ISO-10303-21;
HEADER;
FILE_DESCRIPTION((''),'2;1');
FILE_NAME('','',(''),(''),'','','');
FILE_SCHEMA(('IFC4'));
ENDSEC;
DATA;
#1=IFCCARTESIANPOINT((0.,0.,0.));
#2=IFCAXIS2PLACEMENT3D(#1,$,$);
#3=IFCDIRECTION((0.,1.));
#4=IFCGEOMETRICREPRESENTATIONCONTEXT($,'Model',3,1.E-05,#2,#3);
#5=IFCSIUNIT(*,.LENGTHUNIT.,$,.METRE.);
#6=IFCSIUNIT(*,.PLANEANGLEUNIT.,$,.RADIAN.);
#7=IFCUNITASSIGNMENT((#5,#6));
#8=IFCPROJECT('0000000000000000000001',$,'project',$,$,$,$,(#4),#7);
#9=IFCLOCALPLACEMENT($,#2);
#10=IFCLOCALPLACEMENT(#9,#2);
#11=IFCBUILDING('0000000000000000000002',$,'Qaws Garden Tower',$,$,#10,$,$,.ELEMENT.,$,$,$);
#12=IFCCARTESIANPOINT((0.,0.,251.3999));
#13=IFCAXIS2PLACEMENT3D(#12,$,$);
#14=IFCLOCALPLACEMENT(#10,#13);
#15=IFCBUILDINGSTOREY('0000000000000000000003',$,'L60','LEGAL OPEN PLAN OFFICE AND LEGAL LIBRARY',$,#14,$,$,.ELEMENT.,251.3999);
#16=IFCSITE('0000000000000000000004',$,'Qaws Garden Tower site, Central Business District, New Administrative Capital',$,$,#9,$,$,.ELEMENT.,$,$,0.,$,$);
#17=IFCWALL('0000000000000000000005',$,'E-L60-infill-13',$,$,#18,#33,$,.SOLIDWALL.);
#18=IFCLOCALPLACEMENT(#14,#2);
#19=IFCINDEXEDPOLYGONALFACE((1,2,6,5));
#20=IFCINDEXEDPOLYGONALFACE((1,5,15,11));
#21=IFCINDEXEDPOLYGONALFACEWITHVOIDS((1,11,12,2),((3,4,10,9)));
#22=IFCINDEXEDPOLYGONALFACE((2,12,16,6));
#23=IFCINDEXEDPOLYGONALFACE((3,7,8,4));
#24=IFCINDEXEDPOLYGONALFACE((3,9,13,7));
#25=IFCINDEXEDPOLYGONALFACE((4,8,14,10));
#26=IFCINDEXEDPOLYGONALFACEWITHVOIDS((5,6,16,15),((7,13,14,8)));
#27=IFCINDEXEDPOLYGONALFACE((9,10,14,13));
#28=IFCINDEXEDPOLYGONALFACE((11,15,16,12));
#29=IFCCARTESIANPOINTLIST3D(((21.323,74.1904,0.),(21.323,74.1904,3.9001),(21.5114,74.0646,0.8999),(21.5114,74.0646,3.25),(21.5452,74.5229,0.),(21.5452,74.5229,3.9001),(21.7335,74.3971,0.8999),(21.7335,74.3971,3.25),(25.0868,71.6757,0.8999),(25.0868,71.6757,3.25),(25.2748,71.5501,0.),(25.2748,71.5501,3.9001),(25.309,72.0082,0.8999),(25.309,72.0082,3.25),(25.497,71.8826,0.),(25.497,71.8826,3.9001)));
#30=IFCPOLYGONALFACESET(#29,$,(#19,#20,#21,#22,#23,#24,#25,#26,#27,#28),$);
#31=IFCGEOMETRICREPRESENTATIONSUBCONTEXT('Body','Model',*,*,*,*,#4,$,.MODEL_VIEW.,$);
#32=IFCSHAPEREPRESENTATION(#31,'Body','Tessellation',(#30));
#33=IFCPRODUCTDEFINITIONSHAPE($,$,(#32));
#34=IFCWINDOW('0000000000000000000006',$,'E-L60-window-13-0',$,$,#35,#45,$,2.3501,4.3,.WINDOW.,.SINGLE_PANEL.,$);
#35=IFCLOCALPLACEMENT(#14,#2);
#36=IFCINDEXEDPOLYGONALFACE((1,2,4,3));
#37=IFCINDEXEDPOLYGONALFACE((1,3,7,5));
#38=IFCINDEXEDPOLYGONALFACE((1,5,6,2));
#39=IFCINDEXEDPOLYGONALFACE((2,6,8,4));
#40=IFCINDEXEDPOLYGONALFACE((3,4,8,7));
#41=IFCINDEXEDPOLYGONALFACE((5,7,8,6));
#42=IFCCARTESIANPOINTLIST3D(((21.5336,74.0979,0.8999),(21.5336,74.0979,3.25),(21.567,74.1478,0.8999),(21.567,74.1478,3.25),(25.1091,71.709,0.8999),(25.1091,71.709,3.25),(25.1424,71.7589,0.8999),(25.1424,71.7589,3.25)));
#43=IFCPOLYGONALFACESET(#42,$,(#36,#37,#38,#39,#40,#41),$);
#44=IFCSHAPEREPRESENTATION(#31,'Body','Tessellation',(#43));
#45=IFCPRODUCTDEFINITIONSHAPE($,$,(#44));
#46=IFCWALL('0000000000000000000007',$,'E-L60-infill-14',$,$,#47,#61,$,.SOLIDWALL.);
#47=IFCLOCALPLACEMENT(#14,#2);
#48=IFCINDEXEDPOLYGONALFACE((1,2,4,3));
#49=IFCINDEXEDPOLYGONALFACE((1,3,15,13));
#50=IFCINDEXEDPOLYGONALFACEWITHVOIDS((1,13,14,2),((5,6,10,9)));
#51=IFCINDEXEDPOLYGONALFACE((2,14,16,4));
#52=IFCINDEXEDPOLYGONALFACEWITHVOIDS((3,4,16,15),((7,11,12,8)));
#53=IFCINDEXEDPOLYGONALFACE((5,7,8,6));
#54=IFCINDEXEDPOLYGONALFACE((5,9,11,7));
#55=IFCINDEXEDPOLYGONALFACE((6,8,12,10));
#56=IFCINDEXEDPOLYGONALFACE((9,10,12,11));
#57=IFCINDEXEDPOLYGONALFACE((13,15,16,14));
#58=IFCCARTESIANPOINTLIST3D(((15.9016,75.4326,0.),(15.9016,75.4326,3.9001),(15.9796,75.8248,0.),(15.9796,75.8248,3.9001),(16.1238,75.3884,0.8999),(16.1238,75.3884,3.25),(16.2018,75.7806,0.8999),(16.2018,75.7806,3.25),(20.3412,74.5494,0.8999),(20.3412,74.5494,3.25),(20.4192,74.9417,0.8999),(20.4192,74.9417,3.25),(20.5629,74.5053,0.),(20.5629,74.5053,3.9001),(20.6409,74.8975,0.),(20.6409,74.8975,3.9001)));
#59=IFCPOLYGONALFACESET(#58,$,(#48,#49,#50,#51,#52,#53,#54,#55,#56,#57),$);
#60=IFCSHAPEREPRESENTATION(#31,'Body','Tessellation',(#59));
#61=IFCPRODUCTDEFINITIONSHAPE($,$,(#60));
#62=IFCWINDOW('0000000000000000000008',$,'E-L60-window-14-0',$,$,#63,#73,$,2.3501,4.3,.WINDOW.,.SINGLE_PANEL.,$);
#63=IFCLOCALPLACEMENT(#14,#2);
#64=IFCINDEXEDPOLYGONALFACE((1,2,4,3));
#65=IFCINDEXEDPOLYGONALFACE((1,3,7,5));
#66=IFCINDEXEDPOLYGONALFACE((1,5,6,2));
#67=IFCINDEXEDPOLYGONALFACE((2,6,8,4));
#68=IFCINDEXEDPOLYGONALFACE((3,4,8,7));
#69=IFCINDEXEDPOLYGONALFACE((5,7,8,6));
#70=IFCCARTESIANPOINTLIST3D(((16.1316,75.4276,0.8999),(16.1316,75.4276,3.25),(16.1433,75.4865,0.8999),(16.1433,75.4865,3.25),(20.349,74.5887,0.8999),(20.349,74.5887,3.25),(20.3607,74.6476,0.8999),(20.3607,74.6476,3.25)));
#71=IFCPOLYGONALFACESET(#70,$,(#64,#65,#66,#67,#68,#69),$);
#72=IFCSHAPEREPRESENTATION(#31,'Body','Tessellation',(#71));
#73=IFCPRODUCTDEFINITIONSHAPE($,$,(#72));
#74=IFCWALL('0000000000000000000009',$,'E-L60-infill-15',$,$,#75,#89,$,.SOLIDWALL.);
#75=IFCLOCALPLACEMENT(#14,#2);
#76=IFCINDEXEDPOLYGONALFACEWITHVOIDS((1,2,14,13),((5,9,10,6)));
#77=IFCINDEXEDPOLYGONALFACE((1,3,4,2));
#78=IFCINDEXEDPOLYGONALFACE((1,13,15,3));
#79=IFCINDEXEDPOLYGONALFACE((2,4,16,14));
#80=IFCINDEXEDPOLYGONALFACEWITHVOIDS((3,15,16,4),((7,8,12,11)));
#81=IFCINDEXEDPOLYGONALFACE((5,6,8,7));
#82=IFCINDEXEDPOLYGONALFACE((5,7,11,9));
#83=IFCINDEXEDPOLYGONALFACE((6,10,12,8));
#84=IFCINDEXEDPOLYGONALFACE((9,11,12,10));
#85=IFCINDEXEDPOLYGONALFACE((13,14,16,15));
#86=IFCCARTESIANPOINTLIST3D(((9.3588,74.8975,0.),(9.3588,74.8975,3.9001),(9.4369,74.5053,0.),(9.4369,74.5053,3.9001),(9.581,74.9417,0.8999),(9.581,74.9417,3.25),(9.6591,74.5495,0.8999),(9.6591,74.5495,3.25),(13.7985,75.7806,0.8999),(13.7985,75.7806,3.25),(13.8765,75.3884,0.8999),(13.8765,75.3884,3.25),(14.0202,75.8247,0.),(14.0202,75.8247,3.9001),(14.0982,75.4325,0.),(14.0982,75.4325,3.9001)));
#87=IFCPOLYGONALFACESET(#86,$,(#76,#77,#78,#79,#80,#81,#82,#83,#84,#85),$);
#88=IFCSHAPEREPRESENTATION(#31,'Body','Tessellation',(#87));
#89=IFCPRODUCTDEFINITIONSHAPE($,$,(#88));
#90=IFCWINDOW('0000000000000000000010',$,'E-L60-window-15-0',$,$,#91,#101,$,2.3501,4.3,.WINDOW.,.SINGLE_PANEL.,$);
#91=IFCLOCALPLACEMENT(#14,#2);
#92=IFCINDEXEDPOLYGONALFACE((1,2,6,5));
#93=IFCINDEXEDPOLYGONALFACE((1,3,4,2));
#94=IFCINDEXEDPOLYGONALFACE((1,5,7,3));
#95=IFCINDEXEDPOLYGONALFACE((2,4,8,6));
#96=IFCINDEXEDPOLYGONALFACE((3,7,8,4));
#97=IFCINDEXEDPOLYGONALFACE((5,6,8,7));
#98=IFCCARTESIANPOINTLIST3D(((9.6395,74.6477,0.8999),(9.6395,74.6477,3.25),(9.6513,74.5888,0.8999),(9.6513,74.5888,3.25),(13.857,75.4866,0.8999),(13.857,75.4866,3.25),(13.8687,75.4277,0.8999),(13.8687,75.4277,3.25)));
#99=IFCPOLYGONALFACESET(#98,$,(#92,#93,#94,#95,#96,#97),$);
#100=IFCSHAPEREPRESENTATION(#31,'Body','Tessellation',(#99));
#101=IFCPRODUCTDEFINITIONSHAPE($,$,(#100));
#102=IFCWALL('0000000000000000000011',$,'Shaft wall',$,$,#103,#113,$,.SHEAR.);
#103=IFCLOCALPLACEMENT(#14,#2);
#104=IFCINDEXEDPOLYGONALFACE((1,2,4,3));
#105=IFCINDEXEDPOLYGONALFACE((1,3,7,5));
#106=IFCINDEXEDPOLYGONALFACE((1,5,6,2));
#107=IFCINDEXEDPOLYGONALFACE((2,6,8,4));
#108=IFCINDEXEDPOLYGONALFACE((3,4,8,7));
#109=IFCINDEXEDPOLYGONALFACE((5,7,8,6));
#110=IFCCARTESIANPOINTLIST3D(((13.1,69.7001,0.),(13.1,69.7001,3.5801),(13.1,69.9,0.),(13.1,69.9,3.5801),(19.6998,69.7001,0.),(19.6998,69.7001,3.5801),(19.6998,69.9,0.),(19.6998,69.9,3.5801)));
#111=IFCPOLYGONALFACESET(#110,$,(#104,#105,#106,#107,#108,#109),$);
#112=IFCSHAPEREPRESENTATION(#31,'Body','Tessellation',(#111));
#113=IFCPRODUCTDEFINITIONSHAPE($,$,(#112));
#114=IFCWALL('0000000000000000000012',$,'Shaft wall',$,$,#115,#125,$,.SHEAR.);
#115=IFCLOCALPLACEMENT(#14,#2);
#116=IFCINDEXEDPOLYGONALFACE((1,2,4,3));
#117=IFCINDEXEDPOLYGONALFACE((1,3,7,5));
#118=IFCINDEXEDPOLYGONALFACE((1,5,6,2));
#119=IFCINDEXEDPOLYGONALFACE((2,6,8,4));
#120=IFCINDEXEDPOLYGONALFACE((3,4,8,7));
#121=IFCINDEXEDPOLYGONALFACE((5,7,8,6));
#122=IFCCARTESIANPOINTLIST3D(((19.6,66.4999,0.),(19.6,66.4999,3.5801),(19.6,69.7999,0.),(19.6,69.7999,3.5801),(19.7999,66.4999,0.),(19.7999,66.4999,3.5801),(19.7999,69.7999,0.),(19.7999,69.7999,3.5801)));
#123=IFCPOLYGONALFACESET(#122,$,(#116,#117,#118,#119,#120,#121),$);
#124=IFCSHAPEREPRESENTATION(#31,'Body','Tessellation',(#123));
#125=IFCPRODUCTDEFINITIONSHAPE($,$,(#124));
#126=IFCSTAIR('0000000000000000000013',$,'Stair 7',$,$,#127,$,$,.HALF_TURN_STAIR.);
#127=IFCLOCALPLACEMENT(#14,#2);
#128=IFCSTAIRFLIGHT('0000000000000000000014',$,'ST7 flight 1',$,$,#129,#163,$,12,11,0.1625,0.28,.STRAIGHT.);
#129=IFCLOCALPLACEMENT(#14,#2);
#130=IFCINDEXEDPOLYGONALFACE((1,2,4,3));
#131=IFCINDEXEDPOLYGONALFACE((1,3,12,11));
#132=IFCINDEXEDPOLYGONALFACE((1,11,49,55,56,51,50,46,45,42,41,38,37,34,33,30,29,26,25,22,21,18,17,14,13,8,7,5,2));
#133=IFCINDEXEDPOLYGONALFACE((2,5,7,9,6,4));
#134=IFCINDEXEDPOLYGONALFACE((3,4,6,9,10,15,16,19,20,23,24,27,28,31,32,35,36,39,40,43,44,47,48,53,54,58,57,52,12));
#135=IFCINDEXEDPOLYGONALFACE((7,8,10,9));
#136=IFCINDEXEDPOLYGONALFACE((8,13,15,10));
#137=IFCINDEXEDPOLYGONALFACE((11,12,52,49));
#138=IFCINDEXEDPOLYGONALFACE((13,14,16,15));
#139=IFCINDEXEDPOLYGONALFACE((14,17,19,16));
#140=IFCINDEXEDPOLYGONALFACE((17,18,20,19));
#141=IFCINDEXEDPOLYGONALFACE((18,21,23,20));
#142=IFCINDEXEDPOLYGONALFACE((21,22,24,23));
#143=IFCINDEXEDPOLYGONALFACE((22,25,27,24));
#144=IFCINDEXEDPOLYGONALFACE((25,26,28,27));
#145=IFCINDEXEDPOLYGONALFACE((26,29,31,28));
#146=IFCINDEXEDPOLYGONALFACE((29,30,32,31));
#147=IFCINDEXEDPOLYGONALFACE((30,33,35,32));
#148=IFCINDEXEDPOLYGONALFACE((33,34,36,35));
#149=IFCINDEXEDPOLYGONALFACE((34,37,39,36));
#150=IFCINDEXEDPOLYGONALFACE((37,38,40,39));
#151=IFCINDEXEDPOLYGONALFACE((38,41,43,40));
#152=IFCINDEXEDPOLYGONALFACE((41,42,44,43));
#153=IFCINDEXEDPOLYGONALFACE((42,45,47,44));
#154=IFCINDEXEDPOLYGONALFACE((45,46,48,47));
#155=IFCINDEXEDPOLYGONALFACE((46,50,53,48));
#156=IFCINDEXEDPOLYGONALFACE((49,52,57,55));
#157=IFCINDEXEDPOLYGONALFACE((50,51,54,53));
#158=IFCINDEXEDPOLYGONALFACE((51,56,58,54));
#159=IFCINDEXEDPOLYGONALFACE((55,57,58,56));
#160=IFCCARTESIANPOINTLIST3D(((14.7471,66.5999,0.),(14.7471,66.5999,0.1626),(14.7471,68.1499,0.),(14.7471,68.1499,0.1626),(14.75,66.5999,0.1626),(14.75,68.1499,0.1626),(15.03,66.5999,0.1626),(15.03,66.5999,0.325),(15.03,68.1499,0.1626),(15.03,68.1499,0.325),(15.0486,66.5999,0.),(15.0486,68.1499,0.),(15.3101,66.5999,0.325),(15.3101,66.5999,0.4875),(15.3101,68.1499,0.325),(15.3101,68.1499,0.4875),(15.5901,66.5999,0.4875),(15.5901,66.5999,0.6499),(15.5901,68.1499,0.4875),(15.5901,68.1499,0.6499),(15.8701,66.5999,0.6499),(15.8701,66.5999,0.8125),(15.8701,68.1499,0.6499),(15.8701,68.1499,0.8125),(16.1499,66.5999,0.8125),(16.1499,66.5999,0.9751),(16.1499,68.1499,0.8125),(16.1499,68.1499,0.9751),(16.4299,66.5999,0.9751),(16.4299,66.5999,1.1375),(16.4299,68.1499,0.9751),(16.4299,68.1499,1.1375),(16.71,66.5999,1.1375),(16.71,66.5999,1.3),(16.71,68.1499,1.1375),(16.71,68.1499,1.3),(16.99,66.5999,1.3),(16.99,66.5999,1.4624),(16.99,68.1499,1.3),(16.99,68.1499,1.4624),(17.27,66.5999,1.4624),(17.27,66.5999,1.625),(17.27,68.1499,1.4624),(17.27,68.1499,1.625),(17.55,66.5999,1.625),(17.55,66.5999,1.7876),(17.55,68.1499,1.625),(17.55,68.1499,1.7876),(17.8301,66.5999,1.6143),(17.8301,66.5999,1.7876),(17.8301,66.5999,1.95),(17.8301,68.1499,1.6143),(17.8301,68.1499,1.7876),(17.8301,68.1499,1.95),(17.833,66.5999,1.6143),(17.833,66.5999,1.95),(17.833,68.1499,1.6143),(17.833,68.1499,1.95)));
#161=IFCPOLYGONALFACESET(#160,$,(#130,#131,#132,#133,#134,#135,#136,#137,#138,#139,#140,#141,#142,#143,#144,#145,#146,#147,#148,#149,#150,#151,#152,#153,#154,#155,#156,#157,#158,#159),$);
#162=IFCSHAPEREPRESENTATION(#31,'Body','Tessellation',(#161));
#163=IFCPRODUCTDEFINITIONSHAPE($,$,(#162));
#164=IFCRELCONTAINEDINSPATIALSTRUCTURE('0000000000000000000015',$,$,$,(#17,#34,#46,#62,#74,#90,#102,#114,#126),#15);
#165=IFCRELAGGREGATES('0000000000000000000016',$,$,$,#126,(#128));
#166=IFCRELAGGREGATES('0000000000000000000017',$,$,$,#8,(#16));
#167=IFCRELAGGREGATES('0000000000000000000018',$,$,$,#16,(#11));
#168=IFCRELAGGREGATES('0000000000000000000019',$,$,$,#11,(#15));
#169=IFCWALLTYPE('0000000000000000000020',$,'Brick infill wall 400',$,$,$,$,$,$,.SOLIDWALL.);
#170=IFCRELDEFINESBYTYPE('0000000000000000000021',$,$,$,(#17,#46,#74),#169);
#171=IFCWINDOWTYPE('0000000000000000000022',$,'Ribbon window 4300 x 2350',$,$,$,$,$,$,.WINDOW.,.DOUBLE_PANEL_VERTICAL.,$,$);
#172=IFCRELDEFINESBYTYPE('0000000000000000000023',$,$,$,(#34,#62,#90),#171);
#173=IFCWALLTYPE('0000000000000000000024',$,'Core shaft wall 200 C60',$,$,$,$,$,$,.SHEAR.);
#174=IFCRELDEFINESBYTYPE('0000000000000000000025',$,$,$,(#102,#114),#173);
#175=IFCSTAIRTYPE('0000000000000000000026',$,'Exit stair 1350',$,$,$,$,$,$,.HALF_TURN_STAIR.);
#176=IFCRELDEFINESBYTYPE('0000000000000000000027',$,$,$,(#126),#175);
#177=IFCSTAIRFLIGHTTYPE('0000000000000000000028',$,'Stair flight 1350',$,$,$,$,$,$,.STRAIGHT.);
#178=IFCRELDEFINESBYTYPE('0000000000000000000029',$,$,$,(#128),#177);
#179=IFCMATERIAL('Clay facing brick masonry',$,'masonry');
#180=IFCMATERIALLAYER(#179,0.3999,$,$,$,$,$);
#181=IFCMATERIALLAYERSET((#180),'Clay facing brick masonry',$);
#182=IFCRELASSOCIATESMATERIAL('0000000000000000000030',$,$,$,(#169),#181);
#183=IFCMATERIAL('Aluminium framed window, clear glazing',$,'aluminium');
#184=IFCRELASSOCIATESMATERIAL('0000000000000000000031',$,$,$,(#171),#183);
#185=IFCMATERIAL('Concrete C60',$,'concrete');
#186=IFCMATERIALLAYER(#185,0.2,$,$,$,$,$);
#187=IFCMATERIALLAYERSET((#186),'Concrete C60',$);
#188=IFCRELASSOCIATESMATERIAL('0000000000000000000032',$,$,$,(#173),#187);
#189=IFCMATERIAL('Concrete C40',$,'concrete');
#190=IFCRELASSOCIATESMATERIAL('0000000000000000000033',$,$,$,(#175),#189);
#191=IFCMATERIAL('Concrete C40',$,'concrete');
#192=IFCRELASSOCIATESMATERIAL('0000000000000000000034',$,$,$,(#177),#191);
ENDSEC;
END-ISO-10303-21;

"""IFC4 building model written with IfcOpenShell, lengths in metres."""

from ifc_helpers import new_model, si_unit, direction, frame, frame_2d, origin, place, context, subcontext, project, spatial, polyline, rectangle, outline, extrude, material, layer, layer_set, type_object, element, fill, aggregate, save


model = new_model("IFC4")

# Units and contexts
model_context = context("Model", 3, precision=1e-05, world=origin(), true_north=direction((0.0, 1.0)))
body_context = subcontext(model_context, "Body", "Model", "MODEL_VIEW")
ifc_project = project(units=[si_unit("LENGTHUNIT", "METRE"), si_unit("PLANEANGLEUNIT", "RADIAN")], contexts=[model_context])

# Site, building, storey
site_placement = place(None, origin())
site = spatial("IfcSite", under=ifc_project, at=site_placement, Name="Qaws Garden Tower site, Central Business District, New Administrative Capital", CompositionType="ELEMENT", RefElevation=0.0)
building_placement = place(site_placement, origin())
building = spatial("IfcBuilding", under=site, at=building_placement, Name="Qaws Garden Tower", CompositionType="ELEMENT")
storey_placement = place(building_placement, frame((0.0, 0.0, 251.3999)))
storey = spatial("IfcBuildingStorey", under=building, at=storey_placement, Name="L60", Description="LEGAL OPEN PLAN OFFICE AND LEGAL LIBRARY", CompositionType="ELEMENT", Elevation=251.3999)

# Walls, openings, windows
ifc_material_1 = material(Name="Clay facing brick masonry", Category="masonry")
ifc_layer_1 = layer(ifc_material_1, 0.3999)
ifc_layer_set_1 = layer_set([ifc_layer_1], Name="Clay facing brick masonry")
wall_type_1 = type_object("IfcWallType", Name="Brick infill wall 400", PredefinedType="SOLIDWALL", material=ifc_layer_set_1)
ifc_material_2 = material(Name="Aluminium framed window, clear glazing", Category="aluminium")
window_type = type_object("IfcWindowType", Name="Ribbon window 4300 x 2350", PartitioningType="DOUBLE_PANEL_VERTICAL", PredefinedType="WINDOW", material=ifc_material_2)
wall_1_placement = place(storey_placement, frame((25.386, 71.7163, 0.0), z_axis=(0.0, 0.0, 1.0), x_axis=(-0.831489, 0.555542, 0.0)))
wall_1 = element("IfcWall", 1, at=wall_1_placement, inside=storey, type_object=wall_type_1, Name="E-L60-infill-13", PredefinedType="SOLIDWALL", context=body_context, shape_type="SweptSolid", body=[
    extrude(rectangle(XDim=4.7527, YDim=0.3999, at=frame_2d((2.3765, 0.0))), origin(), (0.0, 0.0, 1.0), 3.9001),
])
opening_1_placement = place(wall_1_placement, frame((0.2263, 0.0, 0.8999)))
opening_1 = element("IfcOpeningElement", 2, at=opening_1_placement, cuts=wall_1, PredefinedType="OPENING", context=body_context, shape_type="SweptSolid", body=[
    extrude(rectangle(XDim=4.3, YDim=2.3501, at=frame_2d((2.1499, 1.175))), frame((0.0, 0.21, 0.0), z_axis=(0.0, -1.0, 0.0), x_axis=(1.0, 0.0, 0.0)), (0.0, 0.0, 1.0), 0.4199),
])
window_1_placement = place(opening_1_placement, origin())
window_1 = element("IfcWindow", 3, at=window_1_placement, inside=storey, type_object=window_type, Name="E-L60-window-13-0", OverallHeight=2.3501, OverallWidth=4.3, PartitioningType="SINGLE_PANEL", PredefinedType="WINDOW", context=body_context, shape_type="SweptSolid", body=[
    extrude(rectangle(XDim=4.3, YDim=2.3501, at=frame_2d((2.1499, 1.175))), frame((0.0, 0.1599, 0.0), z_axis=(0.0, -1.0, 0.0), x_axis=(1.0, 0.0, 0.0)), (0.0, 0.0, 1.0), 0.0601),
])
fill(opening_1, window_1)
wall_2_placement = place(storey_placement, frame((20.6021, 74.7014, 0.0), z_axis=(0.0, 0.0, 1.0), x_axis=(-0.980784, 0.195099, 0.0)))
wall_2 = element("IfcWall", 4, at=wall_2_placement, inside=storey, type_object=wall_type_1, Name="E-L60-infill-14", PredefinedType="SOLIDWALL", context=body_context, shape_type="SweptSolid", body=[
    extrude(rectangle(XDim=4.7527, YDim=0.3999, at=frame_2d((2.3765, 0.0))), origin(), (0.0, 0.0, 1.0), 3.9001),
])
opening_2_placement = place(wall_2_placement, frame((0.2263, 0.0, 0.8999)))
opening_2 = element("IfcOpeningElement", 5, at=opening_2_placement, cuts=wall_2, PredefinedType="OPENING", context=body_context, shape_type="SweptSolid", body=[
    extrude(rectangle(XDim=4.3, YDim=2.3501, at=frame_2d((2.1499, 1.175))), frame((0.0, 0.21, 0.0), z_axis=(0.0, -1.0, 0.0), x_axis=(1.0, 0.0, 0.0)), (0.0, 0.0, 1.0), 0.4199),
])
window_2_placement = place(opening_2_placement, origin())
window_2 = element("IfcWindow", 6, at=window_2_placement, inside=storey, type_object=window_type, Name="E-L60-window-14-0", OverallHeight=2.3501, OverallWidth=4.3, PartitioningType="SINGLE_PANEL", PredefinedType="WINDOW", context=body_context, shape_type="SweptSolid", body=[
    extrude(rectangle(XDim=4.3, YDim=2.3501, at=frame_2d((2.1499, 1.175))), frame((0.0, 0.1599, 0.0), z_axis=(0.0, -1.0, 0.0), x_axis=(1.0, 0.0, 0.0)), (0.0, 0.0, 1.0), 0.0601),
])
fill(opening_2, window_2)
wall_3_placement = place(storey_placement, frame((14.0593, 75.6287, 0.0), z_axis=(0.0, 0.0, 1.0), x_axis=(-0.980784, -0.195099, 0.0)))
wall_3 = element("IfcWall", 7, at=wall_3_placement, inside=storey, type_object=wall_type_1, Name="E-L60-infill-15", PredefinedType="SOLIDWALL", context=body_context, shape_type="SweptSolid", body=[
    extrude(rectangle(XDim=4.7527, YDim=0.3999, at=frame_2d((2.3765, 0.0))), origin(), (0.0, 0.0, 1.0), 3.9001),
])
opening_3_placement = place(wall_3_placement, frame((0.2263, 0.0, 0.8999)))
opening_3 = element("IfcOpeningElement", 8, at=opening_3_placement, cuts=wall_3, PredefinedType="OPENING", context=body_context, shape_type="SweptSolid", body=[
    extrude(rectangle(XDim=4.3, YDim=2.3501, at=frame_2d((2.1499, 1.175))), frame((0.0, 0.21, 0.0), z_axis=(0.0, -1.0, 0.0), x_axis=(1.0, 0.0, 0.0)), (0.0, 0.0, 1.0), 0.4199),
])
window_3_placement = place(opening_3_placement, origin())
window_3 = element("IfcWindow", 9, at=window_3_placement, inside=storey, type_object=window_type, Name="E-L60-window-15-0", OverallHeight=2.3501, OverallWidth=4.3, PartitioningType="SINGLE_PANEL", PredefinedType="WINDOW", context=body_context, shape_type="SweptSolid", body=[
    extrude(rectangle(XDim=4.3, YDim=2.3501, at=frame_2d((2.1499, 1.175))), frame((0.0, 0.1599, 0.0), z_axis=(0.0, -1.0, 0.0), x_axis=(1.0, 0.0, 0.0)), (0.0, 0.0, 1.0), 0.0601),
])
fill(opening_3, window_3)

# Walls
ifc_material_3 = material(Name="Concrete C60", Category="concrete")
ifc_layer_2 = layer(ifc_material_3, 0.2)
ifc_layer_set_2 = layer_set([ifc_layer_2], Name="Concrete C60")
wall_type_2 = type_object("IfcWallType", Name="Core shaft wall 200 C60", PredefinedType="SHEAR", material=ifc_layer_set_2)
wall_4_placement = place(storey_placement, frame((13.1001, 69.8, 0.0), z_axis=(0.0, 0.0, 1.0), x_axis=(1.0, 0.0, 0.0)))
element("IfcWall", 10, at=wall_4_placement, inside=storey, type_object=wall_type_2, Name="Shaft wall", PredefinedType="SHEAR", context=body_context, shape_type="SweptSolid", body=[
    extrude(rectangle(XDim=6.5999, YDim=0.2, at=frame_2d((3.2998, 0.0))), origin(), (0.0, 0.0, 1.0), 3.5801),
])
wall_5_placement = place(storey_placement, frame((19.7, 66.5, 0.0), z_axis=(0.0, 0.0, 1.0), x_axis=(0.0, 1.0, 0.0)))
element("IfcWall", 11, at=wall_5_placement, inside=storey, type_object=wall_type_2, Name="Shaft wall", PredefinedType="SHEAR", context=body_context, shape_type="SweptSolid", body=[
    extrude(rectangle(XDim=3.3, YDim=0.2, at=frame_2d((1.6499, 0.0))), origin(), (0.0, 0.0, 1.0), 3.5801),
])

# Stair, stair flight
ifc_material_4 = material(Name="Concrete C40", Category="concrete")
stair_type = type_object("IfcStairType", Name="Exit stair 1350", PredefinedType="HALF_TURN_STAIR", material=ifc_material_4)
stair_placement = place(storey_placement, origin())
stair = element("IfcStair", 12, at=stair_placement, inside=storey, type_object=stair_type, Name="Stair 7", PredefinedType="HALF_TURN_STAIR")
ifc_material_5 = material(Name="Concrete C40", Category="concrete")
stair_flight_type = type_object("IfcStairFlightType", Name="Stair flight 1350", PredefinedType="STRAIGHT", material=ifc_material_5)
stair_flight_1_placement = place(storey_placement, frame((14.75, 67.375, 0.0), z_axis=(0.0, 0.0, 1.0), x_axis=(1.0, 0.0, 0.0)))
stair_flight_1 = element("IfcStairFlight", 13, at=stair_flight_1_placement, type_object=stair_flight_type, Name="ST7 flight 1", NumberOfRisers=12, NumberOfTreads=11, PredefinedType="STRAIGHT", RiserHeight=0.1625, TreadLength=0.28, context=body_context, shape_type="SweptSolid", body=[
    extrude(outline(polyline([(-0.0029, 0.0), (-0.0029, 0.1626), (0.0, 0.1626), (0.28, 0.1626), (0.28, 0.325), (0.5601, 0.325), (0.5601, 0.4875), (0.8401, 0.4875), (0.8401, 0.6499), (1.1201, 0.6499), (1.1201, 0.8125), (1.3999, 0.8125), (1.3999, 0.9751), (1.6799, 0.9751), (1.6799, 1.1375), (1.96, 1.1375), (1.96, 1.3), (2.24, 1.3), (2.24, 1.4624), (2.52, 1.4624), (2.52, 1.625), (2.8, 1.625), (2.8, 1.7876), (3.0801, 1.7876), (3.0801, 1.95), (3.083, 1.95), (3.083, 1.6143), (3.0801, 1.6143), (0.2986, 0.0), (-0.0029, 0.0)])), frame((0.0, 0.7749, 0.0), z_axis=(0.0, -1.0, 0.0), x_axis=(1.0, 0.0, 0.0)), (0.0, 0.0, 1.0), 1.55),
])
aggregate(stair, [stair_flight_1])

save(model, "model.ifc")
